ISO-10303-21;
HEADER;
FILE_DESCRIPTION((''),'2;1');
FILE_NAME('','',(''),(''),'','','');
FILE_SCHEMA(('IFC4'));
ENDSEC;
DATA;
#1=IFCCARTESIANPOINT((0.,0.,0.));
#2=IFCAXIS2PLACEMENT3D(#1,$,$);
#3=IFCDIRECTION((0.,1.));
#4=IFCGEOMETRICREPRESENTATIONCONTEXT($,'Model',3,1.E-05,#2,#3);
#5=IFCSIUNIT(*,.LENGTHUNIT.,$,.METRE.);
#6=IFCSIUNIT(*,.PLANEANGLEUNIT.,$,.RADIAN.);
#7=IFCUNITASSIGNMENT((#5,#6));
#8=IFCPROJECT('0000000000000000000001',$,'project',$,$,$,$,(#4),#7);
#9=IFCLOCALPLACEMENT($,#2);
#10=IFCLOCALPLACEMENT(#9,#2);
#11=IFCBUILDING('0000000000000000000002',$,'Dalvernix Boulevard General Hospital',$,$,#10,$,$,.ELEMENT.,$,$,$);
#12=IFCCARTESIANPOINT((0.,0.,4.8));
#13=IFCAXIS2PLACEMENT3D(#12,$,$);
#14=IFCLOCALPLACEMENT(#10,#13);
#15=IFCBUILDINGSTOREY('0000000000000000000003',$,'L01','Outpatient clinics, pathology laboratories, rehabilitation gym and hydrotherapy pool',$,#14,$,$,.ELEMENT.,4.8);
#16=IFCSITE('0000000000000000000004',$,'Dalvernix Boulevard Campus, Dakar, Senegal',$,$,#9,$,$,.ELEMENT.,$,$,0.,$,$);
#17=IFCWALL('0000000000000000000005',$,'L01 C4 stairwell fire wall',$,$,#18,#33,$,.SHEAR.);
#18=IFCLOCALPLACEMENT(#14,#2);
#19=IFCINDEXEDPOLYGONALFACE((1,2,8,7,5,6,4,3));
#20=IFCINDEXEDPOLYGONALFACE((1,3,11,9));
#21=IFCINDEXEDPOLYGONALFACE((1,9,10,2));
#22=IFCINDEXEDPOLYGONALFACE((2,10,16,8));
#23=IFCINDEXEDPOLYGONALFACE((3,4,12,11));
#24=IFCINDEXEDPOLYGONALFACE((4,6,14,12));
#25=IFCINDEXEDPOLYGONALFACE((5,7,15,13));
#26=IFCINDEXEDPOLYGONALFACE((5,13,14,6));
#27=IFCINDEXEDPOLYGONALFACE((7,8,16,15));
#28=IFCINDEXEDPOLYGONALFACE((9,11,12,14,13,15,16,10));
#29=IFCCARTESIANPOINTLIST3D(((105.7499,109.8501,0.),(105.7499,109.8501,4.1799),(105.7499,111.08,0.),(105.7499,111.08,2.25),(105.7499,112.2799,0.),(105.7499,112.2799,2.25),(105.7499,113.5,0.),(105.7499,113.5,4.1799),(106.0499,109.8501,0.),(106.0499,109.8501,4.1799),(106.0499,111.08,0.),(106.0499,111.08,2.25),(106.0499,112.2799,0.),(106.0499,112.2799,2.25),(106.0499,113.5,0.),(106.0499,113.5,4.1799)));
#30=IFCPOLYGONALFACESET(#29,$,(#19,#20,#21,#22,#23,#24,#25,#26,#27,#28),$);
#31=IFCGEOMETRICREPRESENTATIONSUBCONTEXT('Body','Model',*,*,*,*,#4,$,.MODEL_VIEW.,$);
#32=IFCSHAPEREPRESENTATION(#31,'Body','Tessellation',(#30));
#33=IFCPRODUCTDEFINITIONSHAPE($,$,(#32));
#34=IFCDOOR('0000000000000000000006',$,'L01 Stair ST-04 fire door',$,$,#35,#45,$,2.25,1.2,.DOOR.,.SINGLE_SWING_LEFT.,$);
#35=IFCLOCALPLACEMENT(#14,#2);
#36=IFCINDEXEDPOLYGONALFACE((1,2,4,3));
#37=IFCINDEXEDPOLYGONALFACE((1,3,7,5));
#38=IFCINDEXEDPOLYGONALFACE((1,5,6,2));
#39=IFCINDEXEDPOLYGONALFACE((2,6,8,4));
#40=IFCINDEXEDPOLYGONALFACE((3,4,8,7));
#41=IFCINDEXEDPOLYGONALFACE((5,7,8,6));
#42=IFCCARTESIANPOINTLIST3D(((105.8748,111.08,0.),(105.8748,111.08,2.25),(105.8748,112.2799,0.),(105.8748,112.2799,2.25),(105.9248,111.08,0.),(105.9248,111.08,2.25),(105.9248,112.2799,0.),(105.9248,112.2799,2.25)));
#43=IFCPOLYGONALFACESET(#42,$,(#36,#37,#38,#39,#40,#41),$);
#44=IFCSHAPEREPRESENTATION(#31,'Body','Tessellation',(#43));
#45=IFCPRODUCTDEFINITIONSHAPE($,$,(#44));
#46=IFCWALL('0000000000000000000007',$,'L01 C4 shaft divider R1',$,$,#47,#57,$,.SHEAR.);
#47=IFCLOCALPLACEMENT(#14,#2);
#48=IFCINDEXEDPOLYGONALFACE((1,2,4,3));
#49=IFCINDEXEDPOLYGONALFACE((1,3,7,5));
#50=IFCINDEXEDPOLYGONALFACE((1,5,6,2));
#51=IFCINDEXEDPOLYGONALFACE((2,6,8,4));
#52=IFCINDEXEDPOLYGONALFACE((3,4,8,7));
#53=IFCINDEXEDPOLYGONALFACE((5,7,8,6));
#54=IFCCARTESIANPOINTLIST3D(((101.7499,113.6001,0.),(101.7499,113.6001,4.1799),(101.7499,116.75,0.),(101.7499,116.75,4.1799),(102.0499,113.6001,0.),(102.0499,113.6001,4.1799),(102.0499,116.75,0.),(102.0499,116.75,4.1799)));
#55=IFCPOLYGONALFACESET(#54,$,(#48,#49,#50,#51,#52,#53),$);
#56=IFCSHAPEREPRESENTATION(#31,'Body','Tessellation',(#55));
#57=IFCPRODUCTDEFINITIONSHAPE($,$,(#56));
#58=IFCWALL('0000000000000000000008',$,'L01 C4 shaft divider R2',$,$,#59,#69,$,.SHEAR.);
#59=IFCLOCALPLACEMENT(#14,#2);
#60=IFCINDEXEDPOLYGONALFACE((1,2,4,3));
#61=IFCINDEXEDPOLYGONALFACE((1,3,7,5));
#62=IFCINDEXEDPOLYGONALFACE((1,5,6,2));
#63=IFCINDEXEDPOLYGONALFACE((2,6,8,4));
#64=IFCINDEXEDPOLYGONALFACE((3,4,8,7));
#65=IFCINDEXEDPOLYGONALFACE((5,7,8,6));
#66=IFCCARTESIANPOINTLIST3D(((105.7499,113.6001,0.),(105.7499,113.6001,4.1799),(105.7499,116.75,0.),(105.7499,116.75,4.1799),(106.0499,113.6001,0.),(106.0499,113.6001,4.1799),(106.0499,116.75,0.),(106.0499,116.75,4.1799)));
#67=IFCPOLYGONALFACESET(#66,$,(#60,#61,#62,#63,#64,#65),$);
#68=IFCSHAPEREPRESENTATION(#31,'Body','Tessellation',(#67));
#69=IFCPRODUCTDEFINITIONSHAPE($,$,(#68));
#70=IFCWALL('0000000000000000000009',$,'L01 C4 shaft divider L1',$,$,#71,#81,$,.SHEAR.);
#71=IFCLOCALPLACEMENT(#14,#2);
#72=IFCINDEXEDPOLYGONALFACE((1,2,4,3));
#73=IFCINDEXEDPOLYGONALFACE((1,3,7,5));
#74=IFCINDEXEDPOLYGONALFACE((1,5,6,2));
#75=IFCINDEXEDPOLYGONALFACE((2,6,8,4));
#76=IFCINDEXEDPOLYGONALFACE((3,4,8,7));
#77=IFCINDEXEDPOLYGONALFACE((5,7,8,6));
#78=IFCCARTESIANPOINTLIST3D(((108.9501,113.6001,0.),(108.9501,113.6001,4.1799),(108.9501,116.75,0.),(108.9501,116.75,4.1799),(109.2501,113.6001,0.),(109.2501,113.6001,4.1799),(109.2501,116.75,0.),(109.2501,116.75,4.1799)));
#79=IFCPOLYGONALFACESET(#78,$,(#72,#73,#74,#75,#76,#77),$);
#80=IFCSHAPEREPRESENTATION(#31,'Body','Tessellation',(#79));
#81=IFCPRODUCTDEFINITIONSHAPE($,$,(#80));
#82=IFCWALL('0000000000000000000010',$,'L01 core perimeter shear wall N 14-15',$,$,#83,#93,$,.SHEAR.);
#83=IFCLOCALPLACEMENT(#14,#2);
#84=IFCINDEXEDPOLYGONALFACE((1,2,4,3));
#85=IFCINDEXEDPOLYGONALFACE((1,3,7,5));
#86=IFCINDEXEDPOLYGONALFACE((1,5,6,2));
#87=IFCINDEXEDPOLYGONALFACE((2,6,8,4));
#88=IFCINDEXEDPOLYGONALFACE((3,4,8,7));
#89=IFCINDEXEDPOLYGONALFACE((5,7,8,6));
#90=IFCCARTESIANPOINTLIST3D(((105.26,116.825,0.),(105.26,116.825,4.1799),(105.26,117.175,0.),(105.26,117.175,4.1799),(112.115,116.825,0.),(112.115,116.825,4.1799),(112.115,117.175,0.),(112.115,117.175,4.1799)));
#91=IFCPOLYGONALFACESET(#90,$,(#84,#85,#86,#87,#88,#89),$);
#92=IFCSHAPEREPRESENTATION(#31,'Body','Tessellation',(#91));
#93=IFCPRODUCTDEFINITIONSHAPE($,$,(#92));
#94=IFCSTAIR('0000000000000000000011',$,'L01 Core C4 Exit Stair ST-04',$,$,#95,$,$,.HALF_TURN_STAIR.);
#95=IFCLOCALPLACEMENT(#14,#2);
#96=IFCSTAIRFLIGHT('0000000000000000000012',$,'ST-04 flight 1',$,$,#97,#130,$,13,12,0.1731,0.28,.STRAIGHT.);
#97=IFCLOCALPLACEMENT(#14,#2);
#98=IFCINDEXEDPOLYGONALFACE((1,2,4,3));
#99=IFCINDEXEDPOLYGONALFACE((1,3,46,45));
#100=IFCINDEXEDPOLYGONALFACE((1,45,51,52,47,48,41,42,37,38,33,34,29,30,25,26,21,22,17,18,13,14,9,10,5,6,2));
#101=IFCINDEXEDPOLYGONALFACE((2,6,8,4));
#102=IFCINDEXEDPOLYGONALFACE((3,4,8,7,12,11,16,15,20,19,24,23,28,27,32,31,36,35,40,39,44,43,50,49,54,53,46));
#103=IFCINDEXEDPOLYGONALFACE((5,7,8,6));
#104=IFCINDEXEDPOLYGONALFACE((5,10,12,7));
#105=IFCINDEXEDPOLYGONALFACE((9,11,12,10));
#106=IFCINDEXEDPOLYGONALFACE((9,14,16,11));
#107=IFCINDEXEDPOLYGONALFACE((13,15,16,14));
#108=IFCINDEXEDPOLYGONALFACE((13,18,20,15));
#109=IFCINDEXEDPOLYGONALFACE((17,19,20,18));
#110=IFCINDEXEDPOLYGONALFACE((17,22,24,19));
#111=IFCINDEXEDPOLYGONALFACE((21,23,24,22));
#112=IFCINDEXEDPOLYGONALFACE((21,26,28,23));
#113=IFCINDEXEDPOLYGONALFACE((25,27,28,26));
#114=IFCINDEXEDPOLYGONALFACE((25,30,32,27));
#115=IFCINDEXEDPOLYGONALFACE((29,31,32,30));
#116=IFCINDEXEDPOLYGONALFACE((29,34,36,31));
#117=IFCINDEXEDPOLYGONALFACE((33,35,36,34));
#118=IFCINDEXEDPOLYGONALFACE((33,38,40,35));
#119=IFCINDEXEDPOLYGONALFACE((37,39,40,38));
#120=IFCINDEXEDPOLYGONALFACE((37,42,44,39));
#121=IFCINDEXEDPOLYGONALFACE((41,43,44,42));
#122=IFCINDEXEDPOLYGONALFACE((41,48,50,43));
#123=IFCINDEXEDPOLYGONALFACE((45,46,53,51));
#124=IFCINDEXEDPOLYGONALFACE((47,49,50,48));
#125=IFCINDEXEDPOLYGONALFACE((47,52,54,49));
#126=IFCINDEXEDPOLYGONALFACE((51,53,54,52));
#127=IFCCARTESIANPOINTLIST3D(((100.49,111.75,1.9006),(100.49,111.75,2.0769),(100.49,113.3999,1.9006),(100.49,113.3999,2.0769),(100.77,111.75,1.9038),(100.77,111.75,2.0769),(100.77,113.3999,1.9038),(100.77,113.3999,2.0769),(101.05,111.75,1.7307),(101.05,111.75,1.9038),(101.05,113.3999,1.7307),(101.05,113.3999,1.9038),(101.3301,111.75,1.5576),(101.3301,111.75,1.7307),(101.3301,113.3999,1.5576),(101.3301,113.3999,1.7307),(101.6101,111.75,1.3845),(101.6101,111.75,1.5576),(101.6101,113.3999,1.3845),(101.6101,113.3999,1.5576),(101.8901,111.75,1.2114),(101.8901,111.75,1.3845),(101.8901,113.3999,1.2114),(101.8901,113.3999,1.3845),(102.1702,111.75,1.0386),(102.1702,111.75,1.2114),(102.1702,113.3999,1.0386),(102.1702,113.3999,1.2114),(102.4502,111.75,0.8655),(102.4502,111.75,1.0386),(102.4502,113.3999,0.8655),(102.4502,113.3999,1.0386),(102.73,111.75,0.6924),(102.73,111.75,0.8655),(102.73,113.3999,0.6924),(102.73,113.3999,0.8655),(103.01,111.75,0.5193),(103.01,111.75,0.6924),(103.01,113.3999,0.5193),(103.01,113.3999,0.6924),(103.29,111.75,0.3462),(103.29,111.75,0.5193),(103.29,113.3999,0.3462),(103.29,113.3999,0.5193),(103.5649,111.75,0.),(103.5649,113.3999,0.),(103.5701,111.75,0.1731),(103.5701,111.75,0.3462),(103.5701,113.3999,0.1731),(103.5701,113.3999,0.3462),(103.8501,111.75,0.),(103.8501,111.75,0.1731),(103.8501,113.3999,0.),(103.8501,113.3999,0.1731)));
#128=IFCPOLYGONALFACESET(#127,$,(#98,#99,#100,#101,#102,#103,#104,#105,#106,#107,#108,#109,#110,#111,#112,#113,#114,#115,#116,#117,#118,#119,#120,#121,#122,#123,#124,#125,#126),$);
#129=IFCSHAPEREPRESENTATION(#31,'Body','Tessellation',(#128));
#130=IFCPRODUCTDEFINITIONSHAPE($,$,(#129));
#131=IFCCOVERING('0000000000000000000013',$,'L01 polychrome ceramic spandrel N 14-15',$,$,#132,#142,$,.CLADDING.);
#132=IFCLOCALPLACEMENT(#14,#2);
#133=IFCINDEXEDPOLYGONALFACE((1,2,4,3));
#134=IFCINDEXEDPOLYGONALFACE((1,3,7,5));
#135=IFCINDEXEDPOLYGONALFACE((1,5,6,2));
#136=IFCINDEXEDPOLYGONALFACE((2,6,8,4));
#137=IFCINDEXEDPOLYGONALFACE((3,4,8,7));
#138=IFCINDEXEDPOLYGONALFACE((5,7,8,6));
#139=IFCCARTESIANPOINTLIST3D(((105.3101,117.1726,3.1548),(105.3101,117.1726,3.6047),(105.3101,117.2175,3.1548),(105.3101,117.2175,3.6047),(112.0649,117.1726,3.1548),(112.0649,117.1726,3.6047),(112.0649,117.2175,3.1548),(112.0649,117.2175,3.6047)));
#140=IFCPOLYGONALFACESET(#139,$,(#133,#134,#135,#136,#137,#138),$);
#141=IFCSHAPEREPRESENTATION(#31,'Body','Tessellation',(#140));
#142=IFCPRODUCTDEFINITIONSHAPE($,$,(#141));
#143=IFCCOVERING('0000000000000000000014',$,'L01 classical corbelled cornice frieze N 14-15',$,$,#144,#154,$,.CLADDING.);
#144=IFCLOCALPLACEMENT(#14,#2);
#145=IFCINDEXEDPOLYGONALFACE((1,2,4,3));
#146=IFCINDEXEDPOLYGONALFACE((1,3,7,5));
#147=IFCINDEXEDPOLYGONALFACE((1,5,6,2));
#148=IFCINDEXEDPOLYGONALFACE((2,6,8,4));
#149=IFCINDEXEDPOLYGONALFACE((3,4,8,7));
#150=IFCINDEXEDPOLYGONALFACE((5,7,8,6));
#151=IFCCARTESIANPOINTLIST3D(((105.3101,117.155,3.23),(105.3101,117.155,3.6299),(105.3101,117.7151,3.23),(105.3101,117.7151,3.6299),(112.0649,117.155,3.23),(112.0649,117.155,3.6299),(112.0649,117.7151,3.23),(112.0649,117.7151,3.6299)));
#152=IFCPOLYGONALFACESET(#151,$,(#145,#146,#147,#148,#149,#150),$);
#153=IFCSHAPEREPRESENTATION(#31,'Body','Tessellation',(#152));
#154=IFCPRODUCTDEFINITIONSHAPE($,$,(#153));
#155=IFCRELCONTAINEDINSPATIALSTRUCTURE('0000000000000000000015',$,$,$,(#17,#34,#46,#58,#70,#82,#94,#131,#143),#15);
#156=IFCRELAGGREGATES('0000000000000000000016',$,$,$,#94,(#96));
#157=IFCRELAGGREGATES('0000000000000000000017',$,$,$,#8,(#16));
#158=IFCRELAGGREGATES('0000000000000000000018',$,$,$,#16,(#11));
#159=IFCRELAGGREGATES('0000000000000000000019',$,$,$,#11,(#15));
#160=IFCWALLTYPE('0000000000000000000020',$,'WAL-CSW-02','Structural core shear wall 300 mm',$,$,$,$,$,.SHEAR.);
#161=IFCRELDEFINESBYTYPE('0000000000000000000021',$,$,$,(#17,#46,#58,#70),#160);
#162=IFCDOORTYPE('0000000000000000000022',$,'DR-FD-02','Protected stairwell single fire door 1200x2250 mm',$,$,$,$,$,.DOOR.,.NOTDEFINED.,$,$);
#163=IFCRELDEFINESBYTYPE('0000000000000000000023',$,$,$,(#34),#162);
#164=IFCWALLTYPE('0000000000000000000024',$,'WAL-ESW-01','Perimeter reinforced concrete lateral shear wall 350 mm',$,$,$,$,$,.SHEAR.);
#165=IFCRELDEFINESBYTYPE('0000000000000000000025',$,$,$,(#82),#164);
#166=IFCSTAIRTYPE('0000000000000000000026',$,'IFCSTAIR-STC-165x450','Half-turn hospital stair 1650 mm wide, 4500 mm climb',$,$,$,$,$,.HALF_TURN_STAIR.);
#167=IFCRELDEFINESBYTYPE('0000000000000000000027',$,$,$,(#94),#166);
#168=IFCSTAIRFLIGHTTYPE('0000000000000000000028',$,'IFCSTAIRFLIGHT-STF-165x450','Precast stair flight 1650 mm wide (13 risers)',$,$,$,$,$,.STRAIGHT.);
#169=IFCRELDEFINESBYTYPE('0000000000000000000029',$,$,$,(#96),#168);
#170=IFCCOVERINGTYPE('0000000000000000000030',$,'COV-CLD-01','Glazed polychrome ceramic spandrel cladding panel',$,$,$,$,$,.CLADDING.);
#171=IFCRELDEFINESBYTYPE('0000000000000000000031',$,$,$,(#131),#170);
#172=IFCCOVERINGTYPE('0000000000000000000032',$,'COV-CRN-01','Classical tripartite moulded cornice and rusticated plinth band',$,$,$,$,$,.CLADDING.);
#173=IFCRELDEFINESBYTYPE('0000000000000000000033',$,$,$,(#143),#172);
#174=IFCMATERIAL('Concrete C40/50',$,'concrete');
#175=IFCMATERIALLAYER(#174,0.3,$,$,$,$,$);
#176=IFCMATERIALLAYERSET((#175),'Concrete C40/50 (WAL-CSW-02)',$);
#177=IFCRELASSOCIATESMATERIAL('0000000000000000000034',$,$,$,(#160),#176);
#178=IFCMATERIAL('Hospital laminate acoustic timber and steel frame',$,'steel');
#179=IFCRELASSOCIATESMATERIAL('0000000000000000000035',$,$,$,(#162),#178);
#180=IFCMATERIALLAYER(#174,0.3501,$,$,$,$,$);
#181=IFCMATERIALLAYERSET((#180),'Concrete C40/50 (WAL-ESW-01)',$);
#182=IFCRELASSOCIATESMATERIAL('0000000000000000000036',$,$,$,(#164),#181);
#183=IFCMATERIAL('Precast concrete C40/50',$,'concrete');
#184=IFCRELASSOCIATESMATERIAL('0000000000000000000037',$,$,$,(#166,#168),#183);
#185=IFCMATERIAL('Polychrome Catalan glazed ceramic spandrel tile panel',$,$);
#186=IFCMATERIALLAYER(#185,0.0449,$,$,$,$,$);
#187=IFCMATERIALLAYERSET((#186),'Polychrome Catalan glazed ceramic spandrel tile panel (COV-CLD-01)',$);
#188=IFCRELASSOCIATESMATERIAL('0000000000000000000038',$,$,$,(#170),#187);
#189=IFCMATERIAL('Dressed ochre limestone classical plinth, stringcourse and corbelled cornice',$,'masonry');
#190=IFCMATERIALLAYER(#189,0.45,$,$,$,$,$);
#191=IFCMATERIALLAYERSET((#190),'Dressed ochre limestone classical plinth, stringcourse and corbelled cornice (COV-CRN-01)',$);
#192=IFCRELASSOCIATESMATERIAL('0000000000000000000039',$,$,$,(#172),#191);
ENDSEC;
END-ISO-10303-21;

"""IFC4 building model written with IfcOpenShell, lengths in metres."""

from ifc_helpers import new_model, si_unit, direction, frame, frame_2d, origin, origin_2d, place, context, subcontext, project, spatial, polyline, rectangle, outline, extrude, material, layer, layer_set, type_object, element, fill, aggregate, save


model = new_model("IFC4")

# Units and contexts
model_context = context("Model", 3, precision=1e-05, world=origin(), true_north=direction((0.0, 1.0)))
body_context = subcontext(model_context, "Body", "Model", "MODEL_VIEW")
ifc_project = project(units=[si_unit("LENGTHUNIT", "METRE"), si_unit("PLANEANGLEUNIT", "RADIAN")], contexts=[model_context])

# Site, building, storey
site_placement = place(None, origin())
site = spatial("IfcSite", under=ifc_project, at=site_placement, Name="Dalvernix Boulevard Campus, Dakar, Senegal", CompositionType="ELEMENT", RefElevation=0.0)
building_placement = place(site_placement, origin())
building = spatial("IfcBuilding", under=site, at=building_placement, Name="Dalvernix Boulevard General Hospital", CompositionType="ELEMENT")
storey_placement = place(building_placement, frame((0.0, 0.0, 4.8)))
storey = spatial("IfcBuildingStorey", under=building, at=storey_placement, Name="L01", Description="Outpatient clinics, pathology laboratories, rehabilitation gym and hydrotherapy pool", CompositionType="ELEMENT", Elevation=4.8)

# Shared definitions
ifc_material_1 = material(Name="Concrete C40/50", Category="concrete")

# Shared definitions
ifc_layer_1 = layer(ifc_material_1, 0.3)
ifc_layer_set_1 = layer_set([ifc_layer_1], Name="Concrete C40/50 (WAL-CSW-02)")
wall_type_1 = type_object("IfcWallType", Name="WAL-CSW-02", Description="Structural core shear wall 300 mm", PredefinedType="SHEAR", material=ifc_layer_set_1)

# Wall, opening, door
wall_1_placement = place(storey_placement, frame((105.8999, 113.5, 0.0), z_axis=(0.0, 0.0, 1.0), x_axis=(0.0, -1.0, 0.0)))
wall_1 = element("IfcWall", 1, at=wall_1_placement, inside=storey, type_object=wall_type_1, Name="L01 C4 stairwell fire wall", PredefinedType="SHEAR", context=body_context, shape_type="SweptSolid", body=[
    extrude(rectangle(XDim=3.6499, YDim=0.3, at=frame_2d((1.825, 0.0))), origin(), (0.0, 0.0, 1.0), 4.1799),
])
opening_1_placement = place(wall_1_placement, frame((1.22, 0.0, 0.0)))
opening_1 = element("IfcOpeningElement", 2, at=opening_1_placement, cuts=wall_1, PredefinedType="OPENING", context=body_context, shape_type="SweptSolid", body=[
    extrude(rectangle(XDim=1.2, YDim=2.25, at=frame_2d((0.6001, 1.125))), frame((0.0, 0.1599, 0.0), z_axis=(0.0, -1.0, 0.0), x_axis=(1.0, 0.0, 0.0)), (0.0, 0.0, 1.0), 0.3201),
])
ifc_material_2 = material(Name="Hospital laminate acoustic timber and steel frame", Category="steel")
door_type_1 = type_object("IfcDoorType", Name="DR-FD-02", Description="Protected stairwell single fire door 1200x2250 mm", OperationType="NOTDEFINED", PredefinedType="DOOR", material=ifc_material_2)
door_1_placement = place(opening_1_placement, origin())
door_1 = element("IfcDoor", 3, at=door_1_placement, inside=storey, type_object=door_type_1, Name="L01 Stair ST-04 fire door", OperationType="SINGLE_SWING_LEFT", OverallHeight=2.25, OverallWidth=1.2, PredefinedType="DOOR", context=body_context, shape_type="SweptSolid", body=[
    extrude(rectangle(XDim=1.2, YDim=2.25, at=frame_2d((0.6001, 1.125))), frame((0.0, 0.0249, 0.0), z_axis=(0.0, -1.0, 0.0), x_axis=(1.0, 0.0, 0.0)), (0.0, 0.0, 1.0), 0.05),
])
fill(opening_1, door_1)

# Walls
for number, where, z_axis, x_axis, name in (
    (4, (101.8999, 113.6001, 0.0), (0.0, 0.0, 1.0), (0.0, 1.0, 0.0), "L01 C4 shaft divider R1"),
    (5, (105.8999, 113.6001, 0.0), (0.0, 0.0, 1.0), (0.0, 1.0, 0.0), "L01 C4 shaft divider R2"),
    (6, (109.1001, 113.6001, 0.0), (0.0, 0.0, 1.0), (0.0, 1.0, 0.0), "L01 C4 shaft divider L1"),
):
    element("IfcWall", number, at=place(storey_placement, frame(where, z_axis=z_axis, x_axis=x_axis)), inside=storey, type_object=wall_type_1, Name=name, PredefinedType="SHEAR", context=body_context, shape_type="SweptSolid", body=[
        extrude(rectangle(XDim=3.1499, YDim=0.3, at=frame_2d((1.575, 0.0))), origin(), (0.0, 0.0, 1.0), 4.1799),
    ])
ifc_layer_2 = layer(ifc_material_1, 0.3501)
ifc_layer_set_2 = layer_set([ifc_layer_2], Name="Concrete C40/50 (WAL-ESW-01)")
wall_type_2 = type_object("IfcWallType", Name="WAL-ESW-01", Description="Perimeter reinforced concrete lateral shear wall 350 mm", PredefinedType="SHEAR", material=ifc_layer_set_2)
wall_2_placement = place(storey_placement, frame((105.26, 117.0, 0.0), z_axis=(0.0, 0.0, 1.0), x_axis=(1.0, 0.0, 0.0)))
element("IfcWall", 7, at=wall_2_placement, inside=storey, type_object=wall_type_2, Name="L01 core perimeter shear wall N 14-15", PredefinedType="SHEAR", context=body_context, shape_type="SweptSolid", body=[
    extrude(rectangle(XDim=6.855, YDim=0.3501, at=frame_2d((3.4275, 0.0))), origin(), (0.0, 0.0, 1.0), 4.1799),
])

# Stair, stair flight
ifc_material_3 = material(Name="Precast concrete C40/50", Category="concrete")
stair_type = type_object("IfcStairType", Name="IFCSTAIR-STC-165x450", Description="Half-turn hospital stair 1650 mm wide, 4500 mm climb", PredefinedType="HALF_TURN_STAIR", material=ifc_material_3)
stair_placement = place(storey_placement, origin())
stair = element("IfcStair", 8, at=stair_placement, inside=storey, type_object=stair_type, Name="L01 Core C4 Exit Stair ST-04", PredefinedType="HALF_TURN_STAIR")
stair_flight_type = type_object("IfcStairFlightType", Name="IFCSTAIRFLIGHT-STF-165x450", Description="Precast stair flight 1650 mm wide (13 risers)", PredefinedType="STRAIGHT", material=ifc_material_3)
stair_flight_placement = place(storey_placement, frame((103.8501, 112.575, 0.0), z_axis=(0.0, 0.0, 1.0), x_axis=(-1.0, 0.0, 0.0)))
stair_flight = element("IfcStairFlight", 9, at=stair_flight_placement, type_object=stair_flight_type, Name="ST-04 flight 1", NumberOfRisers=13, NumberOfTreads=12, PredefinedType="STRAIGHT", RiserHeight=0.1731, TreadLength=0.28, context=body_context, shape_type="SweptSolid", body=[
    extrude(outline(polyline([(0.0, 0.0), (0.0, 0.1731), (0.28, 0.1731), (0.28, 0.3462), (0.5601, 0.3462), (0.5601, 0.5193), (0.8401, 0.5193), (0.8401, 0.6924), (1.1201, 0.6924), (1.1201, 0.8655), (1.3999, 0.8655), (1.3999, 1.0386), (1.6799, 1.0386), (1.6799, 1.2114), (1.96, 1.2114), (1.96, 1.3845), (2.24, 1.3845), (2.24, 1.5576), (2.52, 1.5576), (2.52, 1.7307), (2.8, 1.7307), (2.8, 1.9038), (3.0801, 1.9038), (3.0801, 2.0769), (3.3601, 2.0769), (3.3601, 2.25), (3.3601, 1.9006), (0.2852, 0.0), (0.0, 0.0)])), frame((0.0, 0.825, 0.0), z_axis=(0.0, -1.0, 0.0), x_axis=(1.0, 0.0, 0.0)), (0.0, 0.0, 1.0), 1.6499),
])
aggregate(stair, [stair_flight])

# Coverings
ifc_material_4 = material(Name="Polychrome Catalan glazed ceramic spandrel tile panel")
ifc_layer_3 = layer(ifc_material_4, 0.0449)
ifc_layer_set_3 = layer_set([ifc_layer_3], Name="Polychrome Catalan glazed ceramic spandrel tile panel (COV-CLD-01)")
covering_type_1 = type_object("IfcCoveringType", Name="COV-CLD-01", Description="Glazed polychrome ceramic spandrel cladding panel", PredefinedType="CLADDING", material=ifc_layer_set_3)
covering_1_placement = place(storey_placement, frame((108.6875, 117.1951, 3.1548), z_axis=(0.0, 0.0, 1.0), x_axis=(1.0, 0.0, 0.0)))
element("IfcCovering", 10, at=covering_1_placement, inside=storey, type_object=covering_type_1, Name="L01 polychrome ceramic spandrel N 14-15", PredefinedType="CLADDING", context=body_context, shape_type="SweptSolid", body=[
    extrude(rectangle(XDim=6.7549, YDim=0.0449, at=origin_2d()), origin(), (0.0, 0.0, 1.0), 0.45),
])
ifc_material_5 = material(Name="Dressed ochre limestone classical plinth, stringcourse and corbelled cornice", Category="masonry")
ifc_layer_4 = layer(ifc_material_5, 0.45)
ifc_layer_set_4 = layer_set([ifc_layer_4], Name="Dressed ochre limestone classical plinth, stringcourse and corbelled cornice (COV-CRN-01)")
covering_type_2 = type_object("IfcCoveringType", Name="COV-CRN-01", Description="Classical tripartite moulded cornice and rusticated plinth band", PredefinedType="CLADDING", material=ifc_layer_set_4)
covering_2_placement = place(storey_placement, frame((108.6875, 117.4351, 3.23), z_axis=(0.0, 0.0, 1.0), x_axis=(1.0, 0.0, 0.0)))
element("IfcCovering", 11, at=covering_2_placement, inside=storey, type_object=covering_type_2, Name="L01 classical corbelled cornice frieze N 14-15", PredefinedType="CLADDING", context=body_context, shape_type="SweptSolid", body=[
    extrude(rectangle(XDim=6.7549, YDim=0.5601, at=origin_2d()), origin(), (0.0, 0.0, 1.0), 0.3999),
])

save(model, "model.ifc")
